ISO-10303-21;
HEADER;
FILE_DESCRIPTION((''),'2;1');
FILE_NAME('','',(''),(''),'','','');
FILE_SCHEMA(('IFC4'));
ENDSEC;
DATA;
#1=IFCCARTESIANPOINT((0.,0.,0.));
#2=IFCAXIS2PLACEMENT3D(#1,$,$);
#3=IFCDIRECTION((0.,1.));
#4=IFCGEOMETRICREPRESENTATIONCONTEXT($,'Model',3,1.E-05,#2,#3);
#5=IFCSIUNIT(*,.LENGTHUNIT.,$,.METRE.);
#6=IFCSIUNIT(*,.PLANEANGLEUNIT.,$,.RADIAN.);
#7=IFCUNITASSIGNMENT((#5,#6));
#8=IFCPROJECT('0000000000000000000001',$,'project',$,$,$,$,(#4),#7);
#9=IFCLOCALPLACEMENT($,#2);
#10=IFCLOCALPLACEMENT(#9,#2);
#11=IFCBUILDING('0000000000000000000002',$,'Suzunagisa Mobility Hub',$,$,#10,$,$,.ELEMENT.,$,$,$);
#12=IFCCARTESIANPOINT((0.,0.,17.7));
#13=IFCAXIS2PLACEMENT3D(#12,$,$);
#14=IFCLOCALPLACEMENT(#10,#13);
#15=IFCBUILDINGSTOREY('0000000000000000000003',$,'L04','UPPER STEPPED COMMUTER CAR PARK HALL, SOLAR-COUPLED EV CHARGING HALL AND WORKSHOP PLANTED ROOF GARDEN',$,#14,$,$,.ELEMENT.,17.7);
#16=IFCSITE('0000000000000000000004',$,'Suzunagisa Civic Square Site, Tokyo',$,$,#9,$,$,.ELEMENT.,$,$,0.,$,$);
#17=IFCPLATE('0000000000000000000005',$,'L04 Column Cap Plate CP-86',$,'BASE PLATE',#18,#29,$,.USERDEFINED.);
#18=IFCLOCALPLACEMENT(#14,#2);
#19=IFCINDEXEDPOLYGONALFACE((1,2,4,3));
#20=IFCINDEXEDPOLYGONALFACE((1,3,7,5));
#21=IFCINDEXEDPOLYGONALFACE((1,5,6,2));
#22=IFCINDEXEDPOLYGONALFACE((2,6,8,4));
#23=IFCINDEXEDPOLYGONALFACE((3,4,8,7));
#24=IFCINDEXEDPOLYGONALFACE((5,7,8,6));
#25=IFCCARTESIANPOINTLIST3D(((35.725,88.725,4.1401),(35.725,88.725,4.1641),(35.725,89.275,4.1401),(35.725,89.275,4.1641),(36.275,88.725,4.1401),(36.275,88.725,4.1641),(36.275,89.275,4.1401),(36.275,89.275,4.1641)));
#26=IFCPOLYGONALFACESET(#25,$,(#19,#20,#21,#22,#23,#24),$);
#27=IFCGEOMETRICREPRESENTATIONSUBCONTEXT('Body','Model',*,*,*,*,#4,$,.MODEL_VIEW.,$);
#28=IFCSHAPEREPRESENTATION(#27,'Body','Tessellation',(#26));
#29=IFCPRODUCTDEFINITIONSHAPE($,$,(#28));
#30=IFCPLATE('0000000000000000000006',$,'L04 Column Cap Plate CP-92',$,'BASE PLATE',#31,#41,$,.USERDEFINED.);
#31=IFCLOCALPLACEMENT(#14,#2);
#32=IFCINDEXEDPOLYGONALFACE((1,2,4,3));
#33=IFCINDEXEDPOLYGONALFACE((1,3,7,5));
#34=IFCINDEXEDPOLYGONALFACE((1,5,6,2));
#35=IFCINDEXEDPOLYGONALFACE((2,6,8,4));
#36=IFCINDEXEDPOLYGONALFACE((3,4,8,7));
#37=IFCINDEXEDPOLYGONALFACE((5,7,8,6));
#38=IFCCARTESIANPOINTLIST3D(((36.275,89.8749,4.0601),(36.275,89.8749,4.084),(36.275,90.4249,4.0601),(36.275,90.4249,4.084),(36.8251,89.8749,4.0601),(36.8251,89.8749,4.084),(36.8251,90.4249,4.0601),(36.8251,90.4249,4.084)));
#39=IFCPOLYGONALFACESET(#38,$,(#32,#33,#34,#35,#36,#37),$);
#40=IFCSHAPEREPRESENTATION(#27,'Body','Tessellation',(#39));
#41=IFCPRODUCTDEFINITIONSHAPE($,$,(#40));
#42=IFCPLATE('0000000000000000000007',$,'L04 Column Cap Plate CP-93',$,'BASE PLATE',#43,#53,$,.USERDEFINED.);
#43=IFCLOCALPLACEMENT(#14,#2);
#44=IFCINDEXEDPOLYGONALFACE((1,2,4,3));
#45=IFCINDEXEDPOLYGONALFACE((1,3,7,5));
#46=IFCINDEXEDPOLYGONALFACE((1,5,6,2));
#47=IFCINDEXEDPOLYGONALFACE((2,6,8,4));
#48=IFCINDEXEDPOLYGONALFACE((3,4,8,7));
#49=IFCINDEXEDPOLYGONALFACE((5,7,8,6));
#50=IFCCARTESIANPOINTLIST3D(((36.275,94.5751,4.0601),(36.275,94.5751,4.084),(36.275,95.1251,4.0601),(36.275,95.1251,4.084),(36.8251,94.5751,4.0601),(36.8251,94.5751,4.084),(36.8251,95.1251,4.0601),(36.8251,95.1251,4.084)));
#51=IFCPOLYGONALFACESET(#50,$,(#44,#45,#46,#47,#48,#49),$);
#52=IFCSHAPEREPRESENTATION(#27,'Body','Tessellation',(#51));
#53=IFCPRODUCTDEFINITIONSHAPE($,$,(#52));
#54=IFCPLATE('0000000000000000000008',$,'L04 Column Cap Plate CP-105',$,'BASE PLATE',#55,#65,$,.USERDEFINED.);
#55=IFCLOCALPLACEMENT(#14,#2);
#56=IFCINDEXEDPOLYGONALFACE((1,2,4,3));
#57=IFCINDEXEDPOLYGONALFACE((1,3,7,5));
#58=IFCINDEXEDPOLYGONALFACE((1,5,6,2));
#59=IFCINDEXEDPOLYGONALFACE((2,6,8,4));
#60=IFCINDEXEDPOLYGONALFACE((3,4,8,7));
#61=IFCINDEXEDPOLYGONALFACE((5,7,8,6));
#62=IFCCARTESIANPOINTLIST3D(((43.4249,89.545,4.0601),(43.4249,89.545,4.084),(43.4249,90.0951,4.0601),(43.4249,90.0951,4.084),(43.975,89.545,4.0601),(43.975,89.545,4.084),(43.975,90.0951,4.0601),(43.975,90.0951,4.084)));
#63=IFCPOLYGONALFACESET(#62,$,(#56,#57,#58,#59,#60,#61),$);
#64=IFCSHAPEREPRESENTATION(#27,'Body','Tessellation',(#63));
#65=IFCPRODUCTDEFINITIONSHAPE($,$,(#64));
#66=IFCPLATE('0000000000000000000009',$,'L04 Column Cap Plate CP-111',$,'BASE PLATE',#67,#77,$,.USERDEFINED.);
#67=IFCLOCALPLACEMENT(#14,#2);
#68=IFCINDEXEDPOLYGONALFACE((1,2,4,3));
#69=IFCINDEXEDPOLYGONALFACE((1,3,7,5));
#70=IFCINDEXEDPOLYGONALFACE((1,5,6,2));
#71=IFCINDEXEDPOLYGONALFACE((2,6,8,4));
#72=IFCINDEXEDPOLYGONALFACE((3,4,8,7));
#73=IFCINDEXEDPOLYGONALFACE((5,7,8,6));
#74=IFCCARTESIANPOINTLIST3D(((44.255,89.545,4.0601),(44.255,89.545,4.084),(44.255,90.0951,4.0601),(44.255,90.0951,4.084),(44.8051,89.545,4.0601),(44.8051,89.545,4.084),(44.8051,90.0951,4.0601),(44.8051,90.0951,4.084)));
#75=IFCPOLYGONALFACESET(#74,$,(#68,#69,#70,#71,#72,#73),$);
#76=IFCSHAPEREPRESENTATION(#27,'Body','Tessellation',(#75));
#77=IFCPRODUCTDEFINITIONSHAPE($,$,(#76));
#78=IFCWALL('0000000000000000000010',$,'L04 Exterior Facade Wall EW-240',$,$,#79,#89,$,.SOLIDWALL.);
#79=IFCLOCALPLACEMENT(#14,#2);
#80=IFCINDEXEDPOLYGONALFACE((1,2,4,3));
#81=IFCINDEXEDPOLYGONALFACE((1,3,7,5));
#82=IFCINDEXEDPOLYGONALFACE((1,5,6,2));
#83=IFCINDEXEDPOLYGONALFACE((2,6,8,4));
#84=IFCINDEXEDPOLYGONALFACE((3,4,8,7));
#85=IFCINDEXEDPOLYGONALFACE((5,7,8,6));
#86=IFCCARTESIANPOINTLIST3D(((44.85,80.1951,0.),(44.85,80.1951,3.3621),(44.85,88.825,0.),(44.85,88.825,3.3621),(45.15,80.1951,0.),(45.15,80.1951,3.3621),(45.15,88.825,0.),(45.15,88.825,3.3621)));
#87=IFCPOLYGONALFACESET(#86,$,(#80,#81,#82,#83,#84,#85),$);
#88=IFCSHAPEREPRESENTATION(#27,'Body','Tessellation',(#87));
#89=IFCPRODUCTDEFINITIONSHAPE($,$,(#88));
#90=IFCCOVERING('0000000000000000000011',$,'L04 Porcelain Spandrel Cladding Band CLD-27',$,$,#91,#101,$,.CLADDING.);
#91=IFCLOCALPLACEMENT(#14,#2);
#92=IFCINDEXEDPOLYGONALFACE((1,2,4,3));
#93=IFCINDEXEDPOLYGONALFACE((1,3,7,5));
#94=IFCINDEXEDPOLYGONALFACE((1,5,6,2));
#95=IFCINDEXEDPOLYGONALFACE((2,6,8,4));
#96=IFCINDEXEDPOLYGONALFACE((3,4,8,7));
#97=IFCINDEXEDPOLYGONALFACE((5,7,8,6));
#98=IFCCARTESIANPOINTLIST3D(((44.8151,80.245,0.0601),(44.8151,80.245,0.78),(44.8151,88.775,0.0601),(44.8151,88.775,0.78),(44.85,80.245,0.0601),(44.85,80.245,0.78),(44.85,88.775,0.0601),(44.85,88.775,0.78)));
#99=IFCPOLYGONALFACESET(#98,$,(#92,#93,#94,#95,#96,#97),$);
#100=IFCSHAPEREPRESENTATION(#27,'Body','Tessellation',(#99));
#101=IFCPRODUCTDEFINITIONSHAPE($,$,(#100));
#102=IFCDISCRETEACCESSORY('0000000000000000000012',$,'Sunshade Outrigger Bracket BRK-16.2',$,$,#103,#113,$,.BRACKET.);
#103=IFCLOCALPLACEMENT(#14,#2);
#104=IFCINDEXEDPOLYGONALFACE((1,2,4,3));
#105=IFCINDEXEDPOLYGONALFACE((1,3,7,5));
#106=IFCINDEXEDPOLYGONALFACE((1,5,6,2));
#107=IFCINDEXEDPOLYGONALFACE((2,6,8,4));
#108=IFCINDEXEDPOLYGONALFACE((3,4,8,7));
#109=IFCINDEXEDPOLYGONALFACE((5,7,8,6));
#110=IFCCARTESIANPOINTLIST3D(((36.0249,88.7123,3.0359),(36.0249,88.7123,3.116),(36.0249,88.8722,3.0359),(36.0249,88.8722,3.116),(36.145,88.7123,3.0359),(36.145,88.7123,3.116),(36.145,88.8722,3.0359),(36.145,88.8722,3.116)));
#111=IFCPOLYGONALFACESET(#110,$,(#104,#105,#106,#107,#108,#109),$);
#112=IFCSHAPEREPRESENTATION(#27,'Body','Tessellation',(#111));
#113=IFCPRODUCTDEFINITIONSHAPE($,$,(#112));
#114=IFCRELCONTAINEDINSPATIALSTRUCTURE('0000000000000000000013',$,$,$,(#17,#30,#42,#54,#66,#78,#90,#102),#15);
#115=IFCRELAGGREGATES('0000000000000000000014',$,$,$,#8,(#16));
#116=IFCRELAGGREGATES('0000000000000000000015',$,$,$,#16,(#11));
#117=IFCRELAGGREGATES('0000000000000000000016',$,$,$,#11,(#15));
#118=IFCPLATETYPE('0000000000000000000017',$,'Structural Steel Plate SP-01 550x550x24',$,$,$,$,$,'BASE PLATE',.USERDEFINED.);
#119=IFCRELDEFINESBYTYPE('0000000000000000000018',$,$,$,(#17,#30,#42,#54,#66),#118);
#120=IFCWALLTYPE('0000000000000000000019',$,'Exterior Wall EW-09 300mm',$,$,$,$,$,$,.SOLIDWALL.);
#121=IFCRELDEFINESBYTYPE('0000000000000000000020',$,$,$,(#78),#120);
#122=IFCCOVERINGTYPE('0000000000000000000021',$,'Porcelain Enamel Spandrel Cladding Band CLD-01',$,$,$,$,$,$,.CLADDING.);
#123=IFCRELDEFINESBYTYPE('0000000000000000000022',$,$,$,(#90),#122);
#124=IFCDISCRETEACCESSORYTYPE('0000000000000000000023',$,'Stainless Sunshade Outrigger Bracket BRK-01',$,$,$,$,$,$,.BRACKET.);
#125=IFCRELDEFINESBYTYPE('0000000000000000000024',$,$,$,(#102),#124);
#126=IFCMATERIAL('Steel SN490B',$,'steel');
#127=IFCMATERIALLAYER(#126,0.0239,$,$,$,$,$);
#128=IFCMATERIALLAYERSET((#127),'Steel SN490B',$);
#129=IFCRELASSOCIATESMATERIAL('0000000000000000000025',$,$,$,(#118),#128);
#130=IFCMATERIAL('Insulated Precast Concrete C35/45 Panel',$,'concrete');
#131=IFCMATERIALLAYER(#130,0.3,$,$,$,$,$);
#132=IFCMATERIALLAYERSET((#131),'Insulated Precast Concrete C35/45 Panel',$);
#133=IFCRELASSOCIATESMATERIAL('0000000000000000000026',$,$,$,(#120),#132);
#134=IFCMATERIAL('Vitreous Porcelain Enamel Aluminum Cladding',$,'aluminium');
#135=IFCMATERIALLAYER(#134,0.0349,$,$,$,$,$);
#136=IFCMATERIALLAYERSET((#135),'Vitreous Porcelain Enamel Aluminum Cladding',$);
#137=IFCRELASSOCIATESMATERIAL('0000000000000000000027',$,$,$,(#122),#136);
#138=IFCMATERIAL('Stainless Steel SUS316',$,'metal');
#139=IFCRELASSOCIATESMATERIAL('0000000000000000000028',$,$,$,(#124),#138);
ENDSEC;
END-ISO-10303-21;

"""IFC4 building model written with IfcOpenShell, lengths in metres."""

from ifc_helpers import new_model, si_unit, direction, frame, frame_2d, origin, origin_2d, place, context, subcontext, project, spatial, rectangle, extrude, material, layer, layer_set, type_object, element, save


model = new_model("IFC4")

# Units and contexts
model_context = context("Model", 3, precision=1e-05, world=origin(), true_north=direction((0.0, 1.0)))
body_context = subcontext(model_context, "Body", "Model", "MODEL_VIEW")
ifc_project = project(units=[si_unit("LENGTHUNIT", "METRE"), si_unit("PLANEANGLEUNIT", "RADIAN")], contexts=[model_context])

# Site, building, storey
site_placement = place(None, origin())
site = spatial("IfcSite", under=ifc_project, at=site_placement, Name="Suzunagisa Civic Square Site, Tokyo", CompositionType="ELEMENT", RefElevation=0.0)
building_placement = place(site_placement, origin())
building = spatial("IfcBuilding", under=site, at=building_placement, Name="Suzunagisa Mobility Hub", CompositionType="ELEMENT")
storey_placement = place(building_placement, frame((0.0, 0.0, 17.7)))
storey = spatial("IfcBuildingStorey", under=building, at=storey_placement, Name="L04", Description="UPPER STEPPED COMMUTER CAR PARK HALL, SOLAR-COUPLED EV CHARGING HALL AND WORKSHOP PLANTED ROOF GARDEN", CompositionType="ELEMENT", Elevation=17.7)

# Shared definitions
ifc_material_1 = material(Name="Steel SN490B", Category="steel")

# Plates
ifc_layer_1 = layer(ifc_material_1, 0.0239)
ifc_layer_set_1 = layer_set([ifc_layer_1], Name="Steel SN490B")
plate_type_1 = type_object("IfcPlateType", Name="Structural Steel Plate SP-01 550x550x24", ElementType="BASE PLATE", PredefinedType="USERDEFINED", material=ifc_layer_set_1)
for number, where, z_axis, x_axis, name in (
    (1, (36.0, 89.0, 4.1401), (0.0, 0.0, 1.0), (1.0, 0.0, 0.0), "L04 Column Cap Plate CP-86"),
    (2, (36.55, 90.1499, 4.0601), (0.0, 0.0, 1.0), (1.0, 0.0, 0.0), "L04 Column Cap Plate CP-92"),
    (3, (36.55, 94.8501, 4.0601), (0.0, 0.0, 1.0), (1.0, 0.0, 0.0), "L04 Column Cap Plate CP-93"),
    (4, (43.7, 89.8201, 4.0601), (0.0, 0.0, 1.0), (1.0, 0.0, 0.0), "L04 Column Cap Plate CP-105"),
    (5, (44.53, 89.8201, 4.0601), (0.0, 0.0, 1.0), (1.0, 0.0, 0.0), "L04 Column Cap Plate CP-111"),
):
    element("IfcPlate", number, at=place(storey_placement, frame(where, z_axis=z_axis, x_axis=x_axis)), inside=storey, type_object=plate_type_1, Name=name, ObjectType="BASE PLATE", PredefinedType="USERDEFINED", context=body_context, shape_type="SweptSolid", body=[
        extrude(rectangle(XDim=0.55, YDim=0.55, at=origin_2d()), origin(), (0.0, 0.0, 1.0), 0.0239),
    ])

# Wall
ifc_material_2 = material(Name="Insulated Precast Concrete C35/45 Panel", Category="concrete")
ifc_layer_2 = layer(ifc_material_2, 0.3)
ifc_layer_set_2 = layer_set([ifc_layer_2], Name="Insulated Precast Concrete C35/45 Panel")
wall_type = type_object("IfcWallType", Name="Exterior Wall EW-09 300mm", PredefinedType="SOLIDWALL", material=ifc_layer_set_2)
wall_placement = place(storey_placement, frame((45.0, 88.825, 0.0), z_axis=(0.0, 0.0, 1.0), x_axis=(0.0, -1.0, 0.0)))
element("IfcWall", 6, at=wall_placement, inside=storey, type_object=wall_type, Name="L04 Exterior Facade Wall EW-240", PredefinedType="SOLIDWALL", context=body_context, shape_type="SweptSolid", body=[
    extrude(rectangle(XDim=8.6299, YDim=0.3, at=frame_2d((4.3149, 0.0))), origin(), (0.0, 0.0, 1.0), 3.3621),
])

# Covering
ifc_material_3 = material(Name="Vitreous Porcelain Enamel Aluminum Cladding", Category="aluminium")
ifc_layer_3 = layer(ifc_material_3, 0.0349)
ifc_layer_set_3 = layer_set([ifc_layer_3], Name="Vitreous Porcelain Enamel Aluminum Cladding")
covering_type = type_object("IfcCoveringType", Name="Porcelain Enamel Spandrel Cladding Band CLD-01", PredefinedType="CLADDING", material=ifc_layer_set_3)
covering_placement = place(storey_placement, frame((44.8325, 84.51, 0.0601), z_axis=(0.0, 0.0, 1.0), x_axis=(0.0, -1.0, 0.0)))
element("IfcCovering", 7, at=covering_placement, inside=storey, type_object=covering_type, Name="L04 Porcelain Spandrel Cladding Band CLD-27", PredefinedType="CLADDING", context=body_context, shape_type="SweptSolid", body=[
    extrude(rectangle(XDim=8.53, YDim=0.0349, at=origin_2d()), origin(), (0.0, 0.0, 1.0), 0.72),
])

# Shared definitions
ifc_material_4 = material(Name="Stainless Steel SUS316", Category="metal")

# Discrete accessory
discrete_accessory_type = type_object("IfcDiscreteAccessoryType", Name="Stainless Sunshade Outrigger Bracket BRK-01", PredefinedType="BRACKET", material=ifc_material_4)
discrete_accessory_placement = place(storey_placement, frame((36.085, 88.7922, 3.0359), z_axis=(0.0, 0.0, 1.0), x_axis=(0.0, 1.0, 0.0)))
element("IfcDiscreteAccessory", 8, at=discrete_accessory_placement, inside=storey, type_object=discrete_accessory_type, Name="Sunshade Outrigger Bracket BRK-16.2", PredefinedType="BRACKET", context=body_context, shape_type="SweptSolid", body=[
    extrude(rectangle(XDim=0.1599, YDim=0.1201, at=origin_2d()), origin(), (0.0, 0.0, 1.0), 0.0801),
])

save(model, "model.ifc")
